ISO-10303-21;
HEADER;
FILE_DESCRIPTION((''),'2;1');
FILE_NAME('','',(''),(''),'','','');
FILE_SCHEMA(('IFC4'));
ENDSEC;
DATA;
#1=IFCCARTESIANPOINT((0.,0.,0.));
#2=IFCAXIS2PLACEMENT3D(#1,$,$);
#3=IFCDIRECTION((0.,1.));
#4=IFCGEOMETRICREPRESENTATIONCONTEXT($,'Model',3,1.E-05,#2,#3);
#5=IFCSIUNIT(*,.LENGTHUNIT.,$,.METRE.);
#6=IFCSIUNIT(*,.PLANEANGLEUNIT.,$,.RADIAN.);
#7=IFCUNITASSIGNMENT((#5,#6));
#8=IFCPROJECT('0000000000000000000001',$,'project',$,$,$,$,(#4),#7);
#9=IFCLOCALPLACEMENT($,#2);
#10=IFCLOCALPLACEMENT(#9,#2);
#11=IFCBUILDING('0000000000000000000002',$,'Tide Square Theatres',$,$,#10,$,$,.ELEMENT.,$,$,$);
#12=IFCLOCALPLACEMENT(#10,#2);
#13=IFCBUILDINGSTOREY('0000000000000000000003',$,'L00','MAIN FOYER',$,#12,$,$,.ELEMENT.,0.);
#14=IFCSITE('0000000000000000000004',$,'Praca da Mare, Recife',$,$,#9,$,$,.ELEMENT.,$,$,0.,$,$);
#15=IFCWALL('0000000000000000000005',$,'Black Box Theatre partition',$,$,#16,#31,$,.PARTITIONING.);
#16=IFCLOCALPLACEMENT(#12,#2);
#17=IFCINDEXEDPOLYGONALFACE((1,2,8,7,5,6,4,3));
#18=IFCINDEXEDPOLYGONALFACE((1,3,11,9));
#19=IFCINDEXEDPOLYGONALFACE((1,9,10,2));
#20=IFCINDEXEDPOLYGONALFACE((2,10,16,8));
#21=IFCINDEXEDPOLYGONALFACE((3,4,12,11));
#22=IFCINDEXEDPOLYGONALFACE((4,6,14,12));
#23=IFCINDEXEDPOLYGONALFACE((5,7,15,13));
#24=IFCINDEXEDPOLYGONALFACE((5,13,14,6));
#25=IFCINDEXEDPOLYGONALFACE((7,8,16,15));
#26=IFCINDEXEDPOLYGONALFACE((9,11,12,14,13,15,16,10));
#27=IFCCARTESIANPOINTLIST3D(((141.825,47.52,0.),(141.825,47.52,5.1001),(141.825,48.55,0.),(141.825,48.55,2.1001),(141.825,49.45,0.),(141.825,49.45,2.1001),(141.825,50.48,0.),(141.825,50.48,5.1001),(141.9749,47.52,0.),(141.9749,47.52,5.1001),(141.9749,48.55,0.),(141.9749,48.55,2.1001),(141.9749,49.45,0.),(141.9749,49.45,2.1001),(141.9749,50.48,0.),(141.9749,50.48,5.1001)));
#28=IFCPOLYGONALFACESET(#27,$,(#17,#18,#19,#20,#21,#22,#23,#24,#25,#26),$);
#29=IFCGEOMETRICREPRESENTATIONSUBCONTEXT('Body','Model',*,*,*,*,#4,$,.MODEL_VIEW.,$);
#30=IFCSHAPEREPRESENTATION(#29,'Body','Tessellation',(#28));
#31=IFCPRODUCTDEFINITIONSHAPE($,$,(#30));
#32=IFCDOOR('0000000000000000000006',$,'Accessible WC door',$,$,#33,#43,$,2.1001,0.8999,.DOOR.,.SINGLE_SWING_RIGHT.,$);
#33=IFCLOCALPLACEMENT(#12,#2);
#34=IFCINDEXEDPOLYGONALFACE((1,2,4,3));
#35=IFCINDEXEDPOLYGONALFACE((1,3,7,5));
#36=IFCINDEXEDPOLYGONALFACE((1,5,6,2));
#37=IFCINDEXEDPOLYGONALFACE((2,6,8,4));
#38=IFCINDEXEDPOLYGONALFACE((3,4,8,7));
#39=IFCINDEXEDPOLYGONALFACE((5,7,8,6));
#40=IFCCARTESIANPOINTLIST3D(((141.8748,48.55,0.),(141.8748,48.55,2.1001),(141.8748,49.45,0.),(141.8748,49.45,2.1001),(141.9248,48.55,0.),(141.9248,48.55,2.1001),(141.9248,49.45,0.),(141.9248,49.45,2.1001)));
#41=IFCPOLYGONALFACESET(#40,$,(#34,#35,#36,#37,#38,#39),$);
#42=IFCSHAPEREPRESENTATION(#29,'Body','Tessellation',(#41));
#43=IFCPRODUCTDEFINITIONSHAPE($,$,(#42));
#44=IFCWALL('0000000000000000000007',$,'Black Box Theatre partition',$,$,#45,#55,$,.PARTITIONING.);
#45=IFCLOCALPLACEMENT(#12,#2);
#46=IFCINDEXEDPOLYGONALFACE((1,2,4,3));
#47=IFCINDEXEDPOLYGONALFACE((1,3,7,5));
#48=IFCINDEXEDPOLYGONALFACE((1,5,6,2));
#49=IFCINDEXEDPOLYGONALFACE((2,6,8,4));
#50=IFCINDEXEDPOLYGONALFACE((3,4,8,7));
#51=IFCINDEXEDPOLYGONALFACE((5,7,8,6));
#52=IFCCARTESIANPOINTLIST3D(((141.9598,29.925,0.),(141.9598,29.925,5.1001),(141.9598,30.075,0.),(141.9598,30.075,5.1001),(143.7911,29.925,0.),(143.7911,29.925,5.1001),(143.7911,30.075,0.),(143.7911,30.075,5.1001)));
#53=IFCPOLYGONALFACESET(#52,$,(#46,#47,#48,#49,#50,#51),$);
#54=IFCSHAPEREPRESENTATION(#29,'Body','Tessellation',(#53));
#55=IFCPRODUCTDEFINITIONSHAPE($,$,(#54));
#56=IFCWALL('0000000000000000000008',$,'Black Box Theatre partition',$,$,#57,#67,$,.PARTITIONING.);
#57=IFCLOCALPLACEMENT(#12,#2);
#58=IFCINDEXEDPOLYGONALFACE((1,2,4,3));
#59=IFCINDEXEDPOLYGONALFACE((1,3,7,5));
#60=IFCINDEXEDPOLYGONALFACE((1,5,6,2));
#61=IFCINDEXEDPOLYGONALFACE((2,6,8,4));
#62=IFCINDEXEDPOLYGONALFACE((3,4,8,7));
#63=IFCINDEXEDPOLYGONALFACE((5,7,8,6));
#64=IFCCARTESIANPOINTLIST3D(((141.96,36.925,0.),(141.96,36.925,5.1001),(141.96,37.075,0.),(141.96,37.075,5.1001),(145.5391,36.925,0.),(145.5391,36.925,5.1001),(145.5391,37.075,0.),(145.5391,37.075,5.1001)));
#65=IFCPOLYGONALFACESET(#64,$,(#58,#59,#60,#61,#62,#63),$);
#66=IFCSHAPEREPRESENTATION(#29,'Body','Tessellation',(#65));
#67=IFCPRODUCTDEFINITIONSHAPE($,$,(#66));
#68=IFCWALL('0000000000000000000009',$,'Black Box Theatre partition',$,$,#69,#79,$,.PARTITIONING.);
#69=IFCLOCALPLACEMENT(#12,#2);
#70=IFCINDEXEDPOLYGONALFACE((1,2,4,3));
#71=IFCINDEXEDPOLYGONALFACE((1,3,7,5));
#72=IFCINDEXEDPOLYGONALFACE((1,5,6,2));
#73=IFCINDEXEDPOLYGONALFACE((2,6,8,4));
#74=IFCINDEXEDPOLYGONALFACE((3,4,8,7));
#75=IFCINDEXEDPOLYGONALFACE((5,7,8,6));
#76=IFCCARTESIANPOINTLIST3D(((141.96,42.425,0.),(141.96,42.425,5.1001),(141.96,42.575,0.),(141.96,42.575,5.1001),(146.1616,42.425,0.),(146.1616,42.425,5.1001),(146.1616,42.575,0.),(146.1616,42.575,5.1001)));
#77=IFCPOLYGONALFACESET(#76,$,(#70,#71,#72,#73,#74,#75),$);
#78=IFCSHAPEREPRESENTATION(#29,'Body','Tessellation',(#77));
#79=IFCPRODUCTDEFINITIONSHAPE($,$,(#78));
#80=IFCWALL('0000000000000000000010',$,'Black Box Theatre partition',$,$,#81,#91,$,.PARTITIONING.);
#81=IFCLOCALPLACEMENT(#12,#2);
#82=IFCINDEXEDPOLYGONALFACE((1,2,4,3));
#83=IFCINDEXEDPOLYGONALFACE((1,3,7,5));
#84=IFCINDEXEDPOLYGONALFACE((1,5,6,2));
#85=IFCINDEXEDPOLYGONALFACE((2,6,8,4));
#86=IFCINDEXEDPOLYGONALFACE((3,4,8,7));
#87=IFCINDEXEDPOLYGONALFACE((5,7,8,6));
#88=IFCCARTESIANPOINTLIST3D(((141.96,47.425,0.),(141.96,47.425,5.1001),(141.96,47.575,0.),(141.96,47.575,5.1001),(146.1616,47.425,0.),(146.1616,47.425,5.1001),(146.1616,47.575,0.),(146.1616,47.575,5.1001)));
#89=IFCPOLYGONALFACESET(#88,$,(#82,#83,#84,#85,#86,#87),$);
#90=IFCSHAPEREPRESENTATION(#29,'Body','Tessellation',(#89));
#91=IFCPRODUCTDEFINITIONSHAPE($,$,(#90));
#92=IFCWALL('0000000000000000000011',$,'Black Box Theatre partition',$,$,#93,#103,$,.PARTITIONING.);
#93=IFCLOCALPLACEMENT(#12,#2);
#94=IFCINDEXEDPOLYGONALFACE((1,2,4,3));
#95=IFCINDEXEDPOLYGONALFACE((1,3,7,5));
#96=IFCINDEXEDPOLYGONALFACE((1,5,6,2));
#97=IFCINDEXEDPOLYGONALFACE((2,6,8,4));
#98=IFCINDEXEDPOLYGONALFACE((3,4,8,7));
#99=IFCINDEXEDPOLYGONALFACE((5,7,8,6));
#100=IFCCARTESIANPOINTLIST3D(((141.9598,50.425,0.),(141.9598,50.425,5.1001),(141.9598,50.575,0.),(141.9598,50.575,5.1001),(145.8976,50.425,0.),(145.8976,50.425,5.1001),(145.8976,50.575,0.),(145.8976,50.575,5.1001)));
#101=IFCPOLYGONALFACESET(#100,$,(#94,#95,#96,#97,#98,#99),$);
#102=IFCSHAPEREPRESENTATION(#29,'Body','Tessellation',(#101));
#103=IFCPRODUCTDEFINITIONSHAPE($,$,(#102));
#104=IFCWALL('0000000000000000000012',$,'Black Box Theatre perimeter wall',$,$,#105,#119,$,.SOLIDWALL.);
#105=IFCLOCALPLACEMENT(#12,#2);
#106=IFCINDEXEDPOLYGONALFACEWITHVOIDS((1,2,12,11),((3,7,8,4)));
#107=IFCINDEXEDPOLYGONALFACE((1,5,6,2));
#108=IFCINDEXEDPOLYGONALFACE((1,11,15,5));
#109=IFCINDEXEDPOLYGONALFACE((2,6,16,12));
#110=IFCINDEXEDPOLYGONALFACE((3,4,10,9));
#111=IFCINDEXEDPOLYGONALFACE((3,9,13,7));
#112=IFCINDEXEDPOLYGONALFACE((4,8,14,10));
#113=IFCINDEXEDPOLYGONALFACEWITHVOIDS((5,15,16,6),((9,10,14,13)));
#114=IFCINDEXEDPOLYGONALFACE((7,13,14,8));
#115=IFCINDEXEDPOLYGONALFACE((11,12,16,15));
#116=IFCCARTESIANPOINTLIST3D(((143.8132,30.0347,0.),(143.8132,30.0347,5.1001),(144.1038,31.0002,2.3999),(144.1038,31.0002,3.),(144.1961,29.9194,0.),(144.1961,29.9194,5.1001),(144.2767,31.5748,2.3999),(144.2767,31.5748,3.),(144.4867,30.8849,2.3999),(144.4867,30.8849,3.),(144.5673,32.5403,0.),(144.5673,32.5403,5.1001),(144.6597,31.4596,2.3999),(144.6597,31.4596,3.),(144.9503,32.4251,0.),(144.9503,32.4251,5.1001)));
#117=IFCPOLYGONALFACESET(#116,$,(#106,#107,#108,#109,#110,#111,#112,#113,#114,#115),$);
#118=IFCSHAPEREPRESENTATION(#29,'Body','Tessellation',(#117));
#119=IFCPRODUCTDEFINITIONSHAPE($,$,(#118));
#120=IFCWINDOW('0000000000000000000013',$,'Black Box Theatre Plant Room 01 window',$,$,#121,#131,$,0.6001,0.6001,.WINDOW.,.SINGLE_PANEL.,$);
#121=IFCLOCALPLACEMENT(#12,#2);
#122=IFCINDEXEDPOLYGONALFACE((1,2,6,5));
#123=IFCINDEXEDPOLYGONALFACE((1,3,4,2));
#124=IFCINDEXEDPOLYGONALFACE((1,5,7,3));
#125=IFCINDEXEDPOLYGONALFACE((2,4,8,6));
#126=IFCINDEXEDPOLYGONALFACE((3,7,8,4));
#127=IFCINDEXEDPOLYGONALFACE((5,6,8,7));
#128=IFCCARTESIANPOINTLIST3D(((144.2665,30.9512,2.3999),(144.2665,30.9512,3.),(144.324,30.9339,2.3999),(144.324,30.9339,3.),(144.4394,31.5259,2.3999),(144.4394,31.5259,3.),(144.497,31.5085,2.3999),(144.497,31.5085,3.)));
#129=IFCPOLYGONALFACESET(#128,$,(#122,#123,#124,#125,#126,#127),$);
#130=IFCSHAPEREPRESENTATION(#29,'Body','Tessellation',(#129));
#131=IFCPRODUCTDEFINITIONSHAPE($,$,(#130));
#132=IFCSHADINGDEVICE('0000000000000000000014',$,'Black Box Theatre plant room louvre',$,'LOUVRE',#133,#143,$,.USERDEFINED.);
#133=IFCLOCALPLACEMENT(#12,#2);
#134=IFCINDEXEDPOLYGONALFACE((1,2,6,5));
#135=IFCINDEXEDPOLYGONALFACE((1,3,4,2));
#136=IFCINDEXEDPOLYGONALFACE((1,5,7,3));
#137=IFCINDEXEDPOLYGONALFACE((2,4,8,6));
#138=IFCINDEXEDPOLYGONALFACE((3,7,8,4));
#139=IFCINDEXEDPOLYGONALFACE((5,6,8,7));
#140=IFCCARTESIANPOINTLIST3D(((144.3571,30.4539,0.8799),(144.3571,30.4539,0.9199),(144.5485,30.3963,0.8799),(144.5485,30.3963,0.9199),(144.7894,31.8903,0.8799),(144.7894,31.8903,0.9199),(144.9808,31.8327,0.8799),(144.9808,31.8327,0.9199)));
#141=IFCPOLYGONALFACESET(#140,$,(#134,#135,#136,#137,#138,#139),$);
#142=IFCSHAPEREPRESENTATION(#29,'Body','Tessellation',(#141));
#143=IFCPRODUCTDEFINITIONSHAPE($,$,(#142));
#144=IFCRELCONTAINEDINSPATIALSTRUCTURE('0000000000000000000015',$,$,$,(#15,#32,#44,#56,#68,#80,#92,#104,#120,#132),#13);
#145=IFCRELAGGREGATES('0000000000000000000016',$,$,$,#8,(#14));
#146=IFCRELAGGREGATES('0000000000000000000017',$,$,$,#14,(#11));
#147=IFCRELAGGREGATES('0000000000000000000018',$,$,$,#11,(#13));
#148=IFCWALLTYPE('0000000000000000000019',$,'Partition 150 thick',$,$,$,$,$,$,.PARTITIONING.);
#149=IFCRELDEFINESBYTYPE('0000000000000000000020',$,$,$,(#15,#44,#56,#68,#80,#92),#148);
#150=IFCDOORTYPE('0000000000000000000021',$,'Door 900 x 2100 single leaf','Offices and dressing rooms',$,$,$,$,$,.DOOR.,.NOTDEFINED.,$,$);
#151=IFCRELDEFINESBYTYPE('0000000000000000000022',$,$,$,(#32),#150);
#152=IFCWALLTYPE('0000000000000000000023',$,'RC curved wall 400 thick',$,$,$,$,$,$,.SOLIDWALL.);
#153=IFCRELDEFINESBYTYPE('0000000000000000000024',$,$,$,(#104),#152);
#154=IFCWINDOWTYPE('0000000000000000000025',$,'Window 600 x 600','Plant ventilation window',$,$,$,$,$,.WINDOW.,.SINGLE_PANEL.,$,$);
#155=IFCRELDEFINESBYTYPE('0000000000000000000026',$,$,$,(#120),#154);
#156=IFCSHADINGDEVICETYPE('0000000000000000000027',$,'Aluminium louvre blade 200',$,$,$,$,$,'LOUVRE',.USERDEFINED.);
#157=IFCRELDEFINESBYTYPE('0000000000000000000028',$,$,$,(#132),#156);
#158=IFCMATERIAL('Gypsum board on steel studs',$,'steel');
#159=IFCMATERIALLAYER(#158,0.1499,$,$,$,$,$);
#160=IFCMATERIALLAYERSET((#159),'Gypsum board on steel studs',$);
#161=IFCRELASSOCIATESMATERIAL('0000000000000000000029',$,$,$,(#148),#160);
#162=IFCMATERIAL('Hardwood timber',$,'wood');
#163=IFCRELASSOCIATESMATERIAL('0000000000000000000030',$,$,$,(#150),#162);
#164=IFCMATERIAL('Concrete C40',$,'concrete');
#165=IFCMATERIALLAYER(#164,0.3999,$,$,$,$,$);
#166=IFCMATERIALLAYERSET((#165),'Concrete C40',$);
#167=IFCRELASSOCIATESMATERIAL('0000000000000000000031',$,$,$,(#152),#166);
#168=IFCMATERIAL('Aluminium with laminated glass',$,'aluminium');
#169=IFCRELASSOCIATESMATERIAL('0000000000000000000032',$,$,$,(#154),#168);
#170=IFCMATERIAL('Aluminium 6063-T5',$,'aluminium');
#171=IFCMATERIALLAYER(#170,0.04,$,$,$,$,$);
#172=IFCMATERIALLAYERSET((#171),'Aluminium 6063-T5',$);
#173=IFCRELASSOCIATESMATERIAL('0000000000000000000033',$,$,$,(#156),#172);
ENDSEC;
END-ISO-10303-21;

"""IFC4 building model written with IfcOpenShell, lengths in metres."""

from ifc_helpers import new_model, si_unit, direction, frame, frame_2d, origin, origin_2d, place, context, subcontext, project, spatial, rectangle, extrude, material, layer, layer_set, type_object, element, fill, save


model = new_model("IFC4")

# Units and contexts
model_context = context("Model", 3, precision=1e-05, world=origin(), true_north=direction((0.0, 1.0)))
body_context = subcontext(model_context, "Body", "Model", "MODEL_VIEW")
ifc_project = project(units=[si_unit("LENGTHUNIT", "METRE"), si_unit("PLANEANGLEUNIT", "RADIAN")], contexts=[model_context])

# Site, building, storey
site_placement = place(None, origin())
site = spatial("IfcSite", under=ifc_project, at=site_placement, Name="Praca da Mare, Recife", CompositionType="ELEMENT", RefElevation=0.0)
building_placement = place(site_placement, origin())
building = spatial("IfcBuilding", under=site, at=building_placement, Name="Tide Square Theatres", CompositionType="ELEMENT")
storey_placement = place(building_placement, origin())
storey = spatial("IfcBuildingStorey", under=building, at=storey_placement, Name="L00", Description="MAIN FOYER", CompositionType="ELEMENT", Elevation=0.0)

# Wall, opening, door
ifc_material_1 = material(Name="Gypsum board on steel studs", Category="steel")
ifc_layer_1 = layer(ifc_material_1, 0.1499)
ifc_layer_set_1 = layer_set([ifc_layer_1], Name="Gypsum board on steel studs")
wall_type_1 = type_object("IfcWallType", Name="Partition 150 thick", PredefinedType="PARTITIONING", material=ifc_layer_set_1)
ifc_material_2 = material(Name="Hardwood timber", Category="wood")
door_type = type_object("IfcDoorType", Name="Door 900 x 2100 single leaf", Description="Offices and dressing rooms", OperationType="NOTDEFINED", PredefinedType="DOOR", material=ifc_material_2)
wall_1_placement = place(storey_placement, frame((141.8999, 50.48, 0.0), z_axis=(0.0, 0.0, 1.0), x_axis=(0.0, -1.0, 0.0)))
wall_1 = element("IfcWall", 1, at=wall_1_placement, inside=storey, type_object=wall_type_1, Name="Black Box Theatre partition", PredefinedType="PARTITIONING", context=body_context, shape_type="SweptSolid", body=[
    extrude(rectangle(XDim=2.96, YDim=0.1499, at=frame_2d((1.48, 0.0))), origin(), (0.0, 0.0, 1.0), 5.1001),
])
opening_1_placement = place(wall_1_placement, frame((1.03, 0.0, 0.0)))
opening_1 = element("IfcOpeningElement", 2, at=opening_1_placement, cuts=wall_1, PredefinedType="OPENING", context=body_context, shape_type="SweptSolid", body=[
    extrude(rectangle(XDim=0.8999, YDim=2.1001, at=frame_2d((0.45, 1.05))), frame((0.0, 0.085, 0.0), z_axis=(0.0, -1.0, 0.0), x_axis=(1.0, 0.0, 0.0)), (0.0, 0.0, 1.0), 0.1699),
])
door_1_placement = place(opening_1_placement, origin())
door_1 = element("IfcDoor", 3, at=door_1_placement, inside=storey, type_object=door_type, Name="Accessible WC door", OperationType="SINGLE_SWING_RIGHT", OverallHeight=2.1001, OverallWidth=0.8999, PredefinedType="DOOR", context=body_context, shape_type="SweptSolid", body=[
    extrude(rectangle(XDim=0.8999, YDim=2.1001, at=frame_2d((0.45, 1.05))), frame((0.0, 0.0249, 0.0), z_axis=(0.0, -1.0, 0.0), x_axis=(1.0, 0.0, 0.0)), (0.0, 0.0, 1.0), 0.05),
])
fill(opening_1, door_1)

# Walls
wall_2_placement = place(storey_placement, frame((141.96, 30.0, 0.0), z_axis=(0.0, 0.0, 1.0), x_axis=(1.0, 0.0, 0.0)))
element("IfcWall", 4, at=wall_2_placement, inside=storey, type_object=wall_type_1, Name="Black Box Theatre partition", PredefinedType="PARTITIONING", context=body_context, shape_type="SweptSolid", body=[
    extrude(rectangle(XDim=1.8313, YDim=0.1499, at=frame_2d((0.9155, 0.0))), origin(), (0.0, 0.0, 1.0), 5.1001),
])
wall_3_placement = place(storey_placement, frame((141.96, 37.0, 0.0), z_axis=(0.0, 0.0, 1.0), x_axis=(1.0, 0.0, 0.0)))
element("IfcWall", 5, at=wall_3_placement, inside=storey, type_object=wall_type_1, Name="Black Box Theatre partition", PredefinedType="PARTITIONING", context=body_context, shape_type="SweptSolid", body=[
    extrude(rectangle(XDim=3.5791, YDim=0.1499, at=frame_2d((1.7896, 0.0))), origin(), (0.0, 0.0, 1.0), 5.1001),
])
for number, where, z_axis, x_axis, name in (
    (6, (141.96, 42.5, 0.0), (0.0, 0.0, 1.0), (1.0, 0.0, 0.0), "Black Box Theatre partition"),
    (7, (141.96, 47.5, 0.0), (0.0, 0.0, 1.0), (1.0, 0.0, 0.0), "Black Box Theatre partition"),
):
    element("IfcWall", number, at=place(storey_placement, frame(where, z_axis=z_axis, x_axis=x_axis)), inside=storey, type_object=wall_type_1, Name=name, PredefinedType="PARTITIONING", context=body_context, shape_type="SweptSolid", body=[
        extrude(rectangle(XDim=4.2017, YDim=0.1499, at=frame_2d((2.1008, 0.0))), origin(), (0.0, 0.0, 1.0), 5.1001),
    ])
wall_4_placement = place(storey_placement, frame((141.96, 50.5, 0.0), z_axis=(0.0, 0.0, 1.0), x_axis=(1.0, 0.0, 0.0)))
element("IfcWall", 8, at=wall_4_placement, inside=storey, type_object=wall_type_1, Name="Black Box Theatre partition", PredefinedType="PARTITIONING", context=body_context, shape_type="SweptSolid", body=[
    extrude(rectangle(XDim=3.9377, YDim=0.1499, at=frame_2d((1.9688, 0.0))), origin(), (0.0, 0.0, 1.0), 5.1001),
])

# Wall, opening, window
ifc_material_3 = material(Name="Concrete C40", Category="concrete")
ifc_layer_2 = layer(ifc_material_3, 0.3999)
ifc_layer_set_2 = layer_set([ifc_layer_2], Name="Concrete C40")
wall_type_2 = type_object("IfcWallType", Name="RC curved wall 400 thick", PredefinedType="SOLIDWALL", material=ifc_layer_set_2)
wall_5_placement = place(storey_placement, frame((144.0046, 29.9771, 0.0), z_axis=(0.0, 0.0, 1.0), x_axis=(0.288212, 0.957567, 0.0)))
wall_5 = element("IfcWall", 9, at=wall_5_placement, inside=storey, type_object=wall_type_2, Name="Black Box Theatre perimeter wall", PredefinedType="SOLIDWALL", context=body_context, shape_type="SweptSolid", body=[
    extrude(rectangle(XDim=2.6167, YDim=0.3999, at=frame_2d((1.3083, 0.0))), origin(), (0.0, 0.0, 1.0), 5.1001),
])
opening_2_placement = place(wall_5_placement, frame((1.0083, 0.0, 2.3999)))
opening_2 = element("IfcOpeningElement", 10, at=opening_2_placement, cuts=wall_5, PredefinedType="OPENING", context=body_context, shape_type="SweptSolid", body=[
    extrude(rectangle(XDim=0.6001, YDim=0.6001, at=frame_2d((0.3, 0.3))), frame((0.0, 0.21, 0.0), z_axis=(0.0, -1.0, 0.0), x_axis=(1.0, 0.0, 0.0)), (0.0, 0.0, 1.0), 0.4199),
])
ifc_material_4 = material(Name="Aluminium with laminated glass", Category="aluminium")
window_type = type_object("IfcWindowType", Name="Window 600 x 600", Description="Plant ventilation window", PartitioningType="SINGLE_PANEL", PredefinedType="WINDOW", material=ifc_material_4)
window_placement = place(opening_2_placement, origin())
window = element("IfcWindow", 11, at=window_placement, inside=storey, type_object=window_type, Name="Black Box Theatre Plant Room 01 window", OverallHeight=0.6001, OverallWidth=0.6001, PartitioningType="SINGLE_PANEL", PredefinedType="WINDOW", context=body_context, shape_type="SweptSolid", body=[
    extrude(rectangle(XDim=0.6001, YDim=0.6001, at=frame_2d((0.3, 0.3))), frame((0.0, 0.03, 0.0), z_axis=(0.0, -1.0, 0.0), x_axis=(1.0, 0.0, 0.0)), (0.0, 0.0, 1.0), 0.0601),
])
fill(opening_2, window)

# Shading device
ifc_material_5 = material(Name="Aluminium 6063-T5", Category="aluminium")
ifc_layer_3 = layer(ifc_material_5, 0.04)
ifc_layer_set_3 = layer_set([ifc_layer_3], Name="Aluminium 6063-T5")
shading_device_type = type_object("IfcShadingDeviceType", Name="Aluminium louvre blade 200", ElementType="LOUVRE", PredefinedType="USERDEFINED", material=ifc_layer_set_3)
shading_device_placement = place(storey_placement, frame((144.6689, 31.1433, 0.8799), z_axis=(0.0, 0.0, 1.0), x_axis=(0.288196, 0.957571, 0.0)))
element("IfcShadingDevice", 12, at=shading_device_placement, inside=storey, type_object=shading_device_type, Name="Black Box Theatre plant room louvre", ObjectType="LOUVRE", PredefinedType="USERDEFINED", context=body_context, shape_type="SweptSolid", body=[
    extrude(rectangle(XDim=1.5, YDim=0.2, at=origin_2d()), origin(), (0.0, 0.0, 1.0), 0.04),
])

save(model, "model.ifc")
